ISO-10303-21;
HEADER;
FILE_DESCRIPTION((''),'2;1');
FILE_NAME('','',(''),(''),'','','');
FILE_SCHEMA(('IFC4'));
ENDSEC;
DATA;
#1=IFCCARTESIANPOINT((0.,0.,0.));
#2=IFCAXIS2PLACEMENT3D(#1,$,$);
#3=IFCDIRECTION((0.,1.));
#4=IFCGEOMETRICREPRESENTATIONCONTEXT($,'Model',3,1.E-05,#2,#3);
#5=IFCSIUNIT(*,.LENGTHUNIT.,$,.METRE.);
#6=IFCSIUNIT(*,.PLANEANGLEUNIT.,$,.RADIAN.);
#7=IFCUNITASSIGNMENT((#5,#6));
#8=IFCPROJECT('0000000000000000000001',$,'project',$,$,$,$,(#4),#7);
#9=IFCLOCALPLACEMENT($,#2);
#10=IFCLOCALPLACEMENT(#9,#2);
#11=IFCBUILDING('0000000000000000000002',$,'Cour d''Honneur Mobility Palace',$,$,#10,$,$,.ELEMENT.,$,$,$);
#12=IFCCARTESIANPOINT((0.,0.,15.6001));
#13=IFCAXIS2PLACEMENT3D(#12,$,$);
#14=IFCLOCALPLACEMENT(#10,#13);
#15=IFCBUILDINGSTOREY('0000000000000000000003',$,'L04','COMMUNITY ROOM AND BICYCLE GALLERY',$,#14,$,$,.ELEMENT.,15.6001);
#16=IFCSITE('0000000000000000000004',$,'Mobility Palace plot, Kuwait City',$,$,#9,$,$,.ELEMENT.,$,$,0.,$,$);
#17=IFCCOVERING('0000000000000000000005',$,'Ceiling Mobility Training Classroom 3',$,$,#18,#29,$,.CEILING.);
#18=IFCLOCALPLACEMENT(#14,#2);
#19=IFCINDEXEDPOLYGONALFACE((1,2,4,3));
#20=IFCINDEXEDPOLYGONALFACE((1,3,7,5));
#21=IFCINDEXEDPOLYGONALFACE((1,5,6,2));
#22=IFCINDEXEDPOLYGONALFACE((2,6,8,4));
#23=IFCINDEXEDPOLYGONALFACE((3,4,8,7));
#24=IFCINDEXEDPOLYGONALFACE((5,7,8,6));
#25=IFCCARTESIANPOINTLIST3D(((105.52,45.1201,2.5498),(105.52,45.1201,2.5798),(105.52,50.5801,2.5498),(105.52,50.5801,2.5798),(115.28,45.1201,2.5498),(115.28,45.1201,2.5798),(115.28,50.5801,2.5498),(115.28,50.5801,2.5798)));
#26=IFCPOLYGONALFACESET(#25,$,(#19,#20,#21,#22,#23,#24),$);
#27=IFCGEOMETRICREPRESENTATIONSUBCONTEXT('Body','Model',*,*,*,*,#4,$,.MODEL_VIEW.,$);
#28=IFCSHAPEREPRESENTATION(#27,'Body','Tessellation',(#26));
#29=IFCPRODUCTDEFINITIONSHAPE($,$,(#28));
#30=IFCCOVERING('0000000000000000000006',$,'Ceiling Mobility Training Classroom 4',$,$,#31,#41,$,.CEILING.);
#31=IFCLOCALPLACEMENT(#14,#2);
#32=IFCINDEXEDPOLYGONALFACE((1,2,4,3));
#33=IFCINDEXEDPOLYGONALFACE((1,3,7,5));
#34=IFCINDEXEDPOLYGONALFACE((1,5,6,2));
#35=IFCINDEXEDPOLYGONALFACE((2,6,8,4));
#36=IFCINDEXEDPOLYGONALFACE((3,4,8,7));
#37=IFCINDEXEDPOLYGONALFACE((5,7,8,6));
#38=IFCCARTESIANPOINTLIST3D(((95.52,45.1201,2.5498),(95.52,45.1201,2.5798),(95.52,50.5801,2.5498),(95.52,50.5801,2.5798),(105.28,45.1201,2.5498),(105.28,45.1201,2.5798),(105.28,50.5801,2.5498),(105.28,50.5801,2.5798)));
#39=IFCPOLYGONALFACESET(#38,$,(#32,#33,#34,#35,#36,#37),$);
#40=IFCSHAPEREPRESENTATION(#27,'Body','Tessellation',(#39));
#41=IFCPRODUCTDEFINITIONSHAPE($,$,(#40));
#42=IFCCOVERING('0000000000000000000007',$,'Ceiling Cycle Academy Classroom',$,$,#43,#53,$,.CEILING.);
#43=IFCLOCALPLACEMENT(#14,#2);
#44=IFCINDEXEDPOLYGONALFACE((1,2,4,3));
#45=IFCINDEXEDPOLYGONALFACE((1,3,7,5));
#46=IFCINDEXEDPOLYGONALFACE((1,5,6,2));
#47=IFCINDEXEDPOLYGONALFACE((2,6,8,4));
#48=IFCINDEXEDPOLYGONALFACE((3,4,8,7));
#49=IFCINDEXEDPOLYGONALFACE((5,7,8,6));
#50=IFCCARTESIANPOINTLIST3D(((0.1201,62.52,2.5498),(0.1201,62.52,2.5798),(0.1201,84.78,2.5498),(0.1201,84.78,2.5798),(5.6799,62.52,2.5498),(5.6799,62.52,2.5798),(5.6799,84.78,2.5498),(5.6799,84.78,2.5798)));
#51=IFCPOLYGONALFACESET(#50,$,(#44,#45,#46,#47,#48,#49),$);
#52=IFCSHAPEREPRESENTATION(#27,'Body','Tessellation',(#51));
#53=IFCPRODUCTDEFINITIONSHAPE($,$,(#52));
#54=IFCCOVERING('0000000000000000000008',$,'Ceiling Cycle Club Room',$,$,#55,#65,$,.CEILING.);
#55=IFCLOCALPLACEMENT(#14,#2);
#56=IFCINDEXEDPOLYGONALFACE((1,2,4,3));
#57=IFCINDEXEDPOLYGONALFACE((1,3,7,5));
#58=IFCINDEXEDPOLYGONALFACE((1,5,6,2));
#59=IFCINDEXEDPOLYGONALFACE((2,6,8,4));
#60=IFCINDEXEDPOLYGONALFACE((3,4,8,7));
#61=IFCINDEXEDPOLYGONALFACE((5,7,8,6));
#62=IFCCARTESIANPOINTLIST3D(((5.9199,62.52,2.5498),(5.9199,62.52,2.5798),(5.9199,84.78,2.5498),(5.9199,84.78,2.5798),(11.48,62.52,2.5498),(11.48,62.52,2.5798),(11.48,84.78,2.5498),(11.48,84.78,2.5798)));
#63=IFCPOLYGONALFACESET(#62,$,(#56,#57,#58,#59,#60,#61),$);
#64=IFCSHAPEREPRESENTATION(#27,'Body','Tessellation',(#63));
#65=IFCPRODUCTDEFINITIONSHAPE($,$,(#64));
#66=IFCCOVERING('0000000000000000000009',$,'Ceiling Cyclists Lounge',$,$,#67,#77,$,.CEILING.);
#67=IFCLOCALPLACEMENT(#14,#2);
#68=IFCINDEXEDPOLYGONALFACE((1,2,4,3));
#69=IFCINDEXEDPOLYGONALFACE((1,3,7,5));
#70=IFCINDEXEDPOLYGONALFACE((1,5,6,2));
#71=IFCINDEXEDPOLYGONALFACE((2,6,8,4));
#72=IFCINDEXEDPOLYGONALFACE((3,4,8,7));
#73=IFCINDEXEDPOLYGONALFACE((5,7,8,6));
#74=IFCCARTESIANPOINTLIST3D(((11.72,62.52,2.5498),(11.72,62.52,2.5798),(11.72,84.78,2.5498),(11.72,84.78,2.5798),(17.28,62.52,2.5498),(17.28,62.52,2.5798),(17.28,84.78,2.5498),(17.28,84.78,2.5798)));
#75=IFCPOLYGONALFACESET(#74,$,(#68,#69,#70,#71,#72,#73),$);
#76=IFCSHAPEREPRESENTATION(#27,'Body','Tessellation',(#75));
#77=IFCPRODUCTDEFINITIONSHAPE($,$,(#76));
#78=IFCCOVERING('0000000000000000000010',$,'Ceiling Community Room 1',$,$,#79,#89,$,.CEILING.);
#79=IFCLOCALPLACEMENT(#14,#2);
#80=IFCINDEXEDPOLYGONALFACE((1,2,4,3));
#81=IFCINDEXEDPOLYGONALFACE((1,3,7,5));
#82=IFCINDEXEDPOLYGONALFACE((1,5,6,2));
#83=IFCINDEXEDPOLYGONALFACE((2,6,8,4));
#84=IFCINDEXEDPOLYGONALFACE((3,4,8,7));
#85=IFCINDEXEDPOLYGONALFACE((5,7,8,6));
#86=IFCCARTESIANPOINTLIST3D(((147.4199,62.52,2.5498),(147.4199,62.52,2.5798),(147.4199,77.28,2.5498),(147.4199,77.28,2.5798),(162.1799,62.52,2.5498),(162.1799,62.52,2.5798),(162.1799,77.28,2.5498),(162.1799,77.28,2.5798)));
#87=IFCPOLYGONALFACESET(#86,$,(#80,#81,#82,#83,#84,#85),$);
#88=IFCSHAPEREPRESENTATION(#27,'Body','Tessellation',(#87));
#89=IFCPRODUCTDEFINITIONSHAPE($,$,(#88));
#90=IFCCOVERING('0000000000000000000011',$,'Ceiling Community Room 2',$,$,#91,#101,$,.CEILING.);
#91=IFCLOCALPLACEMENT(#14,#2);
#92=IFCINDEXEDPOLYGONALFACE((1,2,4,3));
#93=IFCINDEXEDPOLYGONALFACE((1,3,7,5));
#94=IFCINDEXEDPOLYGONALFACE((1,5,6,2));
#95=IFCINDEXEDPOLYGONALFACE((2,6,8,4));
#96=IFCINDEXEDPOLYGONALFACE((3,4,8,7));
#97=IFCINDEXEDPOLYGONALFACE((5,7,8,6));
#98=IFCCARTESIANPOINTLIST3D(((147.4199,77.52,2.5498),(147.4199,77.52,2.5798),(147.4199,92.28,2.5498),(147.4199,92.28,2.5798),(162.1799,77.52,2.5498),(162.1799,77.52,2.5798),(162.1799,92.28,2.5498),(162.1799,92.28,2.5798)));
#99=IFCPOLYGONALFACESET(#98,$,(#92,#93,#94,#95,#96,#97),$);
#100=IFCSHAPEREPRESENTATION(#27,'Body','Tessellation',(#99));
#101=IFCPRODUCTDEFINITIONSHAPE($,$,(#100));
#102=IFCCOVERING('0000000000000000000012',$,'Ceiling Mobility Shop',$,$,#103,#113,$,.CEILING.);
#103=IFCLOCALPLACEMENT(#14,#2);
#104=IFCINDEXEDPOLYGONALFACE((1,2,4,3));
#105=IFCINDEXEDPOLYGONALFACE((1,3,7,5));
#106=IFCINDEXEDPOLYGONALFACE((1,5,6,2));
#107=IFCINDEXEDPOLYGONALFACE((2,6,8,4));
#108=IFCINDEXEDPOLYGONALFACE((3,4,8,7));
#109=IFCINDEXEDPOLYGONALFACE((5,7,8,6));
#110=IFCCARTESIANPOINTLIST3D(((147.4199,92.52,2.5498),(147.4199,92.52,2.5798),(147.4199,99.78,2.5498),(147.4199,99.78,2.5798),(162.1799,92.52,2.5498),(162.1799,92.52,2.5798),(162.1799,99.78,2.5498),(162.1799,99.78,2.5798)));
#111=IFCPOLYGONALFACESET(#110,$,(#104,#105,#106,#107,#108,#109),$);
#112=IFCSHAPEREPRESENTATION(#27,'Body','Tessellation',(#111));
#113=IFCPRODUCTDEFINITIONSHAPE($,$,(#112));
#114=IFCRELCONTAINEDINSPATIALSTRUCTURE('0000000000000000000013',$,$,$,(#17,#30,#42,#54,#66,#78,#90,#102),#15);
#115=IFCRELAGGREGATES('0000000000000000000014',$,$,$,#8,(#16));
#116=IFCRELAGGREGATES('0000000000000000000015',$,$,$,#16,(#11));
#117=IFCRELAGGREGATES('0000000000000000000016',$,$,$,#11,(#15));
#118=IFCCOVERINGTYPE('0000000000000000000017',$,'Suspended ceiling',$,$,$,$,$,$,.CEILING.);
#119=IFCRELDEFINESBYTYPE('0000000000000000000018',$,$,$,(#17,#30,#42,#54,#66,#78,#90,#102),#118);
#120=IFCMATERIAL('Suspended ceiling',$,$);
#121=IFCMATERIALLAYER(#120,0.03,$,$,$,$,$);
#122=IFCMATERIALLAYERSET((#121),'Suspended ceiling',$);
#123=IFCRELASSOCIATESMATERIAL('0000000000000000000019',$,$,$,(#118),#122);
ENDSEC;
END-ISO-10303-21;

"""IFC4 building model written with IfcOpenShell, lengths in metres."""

from ifc_helpers import new_model, si_unit, direction, frame, origin, place, context, subcontext, project, spatial, polyline, outline, extrude, material, layer, layer_set, type_object, element, save


model = new_model("IFC4")

# Units and contexts
model_context = context("Model", 3, precision=1e-05, world=origin(), true_north=direction((0.0, 1.0)))
body_context = subcontext(model_context, "Body", "Model", "MODEL_VIEW")
ifc_project = project(units=[si_unit("LENGTHUNIT", "METRE"), si_unit("PLANEANGLEUNIT", "RADIAN")], contexts=[model_context])

# Site, building, storey
site_placement = place(None, origin())
site = spatial("IfcSite", under=ifc_project, at=site_placement, Name="Mobility Palace plot, Kuwait City", CompositionType="ELEMENT", RefElevation=0.0)
building_placement = place(site_placement, origin())
building = spatial("IfcBuilding", under=site, at=building_placement, Name="Cour d'Honneur Mobility Palace", CompositionType="ELEMENT")
storey_placement = place(building_placement, frame((0.0, 0.0, 15.6001)))
storey = spatial("IfcBuildingStorey", under=building, at=storey_placement, Name="L04", Description="COMMUNITY ROOM AND BICYCLE GALLERY", CompositionType="ELEMENT", Elevation=15.6001)

# Coverings
ifc_material_1 = material(Name="Suspended ceiling")
ifc_layer_1 = layer(ifc_material_1, 0.03)
ifc_layer_set_1 = layer_set([ifc_layer_1], Name="Suspended ceiling")
covering_type_1 = type_object("IfcCoveringType", Name="Suspended ceiling", PredefinedType="CEILING", material=ifc_layer_set_1)
covering_1_placement = place(storey_placement, frame((0.0, 0.0, 2.5498)))
element("IfcCovering", 1, at=covering_1_placement, inside=storey, type_object=covering_type_1, Name="Ceiling Mobility Training Classroom 3", PredefinedType="CEILING", context=body_context, shape_type="SweptSolid", body=[
    extrude(outline(polyline([(115.28, 45.1201), (105.52, 45.1201), (105.52, 50.5801), (115.28, 50.5801), (115.28, 45.1201)])), origin(), (0.0, 0.0, 1.0), 0.03),
])
covering_2_placement = place(storey_placement, frame((0.0, 0.0, 2.5498)))
element("IfcCovering", 2, at=covering_2_placement, inside=storey, type_object=covering_type_1, Name="Ceiling Mobility Training Classroom 4", PredefinedType="CEILING", context=body_context, shape_type="SweptSolid", body=[
    extrude(outline(polyline([(105.28, 45.1201), (95.52, 45.1201), (95.52, 50.5801), (105.28, 50.5801), (105.28, 45.1201)])), origin(), (0.0, 0.0, 1.0), 0.03),
])
covering_3_placement = place(storey_placement, frame((0.0, 0.0, 2.5498)))
element("IfcCovering", 3, at=covering_3_placement, inside=storey, type_object=covering_type_1, Name="Ceiling Cycle Academy Classroom", PredefinedType="CEILING", context=body_context, shape_type="SweptSolid", body=[
    extrude(outline(polyline([(5.6799, 62.52), (0.1201, 62.52), (0.1201, 84.78), (5.6799, 84.78), (5.6799, 62.52)])), origin(), (0.0, 0.0, 1.0), 0.03),
])
covering_4_placement = place(storey_placement, frame((0.0, 0.0, 2.5498)))
element("IfcCovering", 4, at=covering_4_placement, inside=storey, type_object=covering_type_1, Name="Ceiling Cycle Club Room", PredefinedType="CEILING", context=body_context, shape_type="SweptSolid", body=[
    extrude(outline(polyline([(11.48, 62.52), (5.9199, 62.52), (5.9199, 84.78), (11.48, 84.78), (11.48, 62.52)])), origin(), (0.0, 0.0, 1.0), 0.03),
])
covering_5_placement = place(storey_placement, frame((0.0, 0.0, 2.5498)))
element("IfcCovering", 5, at=covering_5_placement, inside=storey, type_object=covering_type_1, Name="Ceiling Cyclists Lounge", PredefinedType="CEILING", context=body_context, shape_type="SweptSolid", body=[
    extrude(outline(polyline([(17.28, 62.52), (11.72, 62.52), (11.72, 84.78), (17.28, 84.78), (17.28, 62.52)])), origin(), (0.0, 0.0, 1.0), 0.03),
])
covering_6_placement = place(storey_placement, frame((0.0, 0.0, 2.5498)))
element("IfcCovering", 6, at=covering_6_placement, inside=storey, type_object=covering_type_1, Name="Ceiling Community Room 1", PredefinedType="CEILING", context=body_context, shape_type="SweptSolid", body=[
    extrude(outline(polyline([(162.1799, 62.52), (147.4199, 62.52), (147.4199, 77.28), (162.1799, 77.28), (162.1799, 62.52)])), origin(), (0.0, 0.0, 1.0), 0.03),
])
covering_7_placement = place(storey_placement, frame((0.0, 0.0, 2.5498)))
element("IfcCovering", 7, at=covering_7_placement, inside=storey, type_object=covering_type_1, Name="Ceiling Community Room 2", PredefinedType="CEILING", context=body_context, shape_type="SweptSolid", body=[
    extrude(outline(polyline([(162.1799, 77.52), (147.4199, 77.52), (147.4199, 92.28), (162.1799, 92.28), (162.1799, 77.52)])), origin(), (0.0, 0.0, 1.0), 0.03),
])
covering_8_placement = place(storey_placement, frame((0.0, 0.0, 2.5498)))
element("IfcCovering", 8, at=covering_8_placement, inside=storey, type_object=covering_type_1, Name="Ceiling Mobility Shop", PredefinedType="CEILING", context=body_context, shape_type="SweptSolid", body=[
    extrude(outline(polyline([(162.1799, 92.52), (147.4199, 92.52), (147.4199, 99.78), (162.1799, 99.78), (162.1799, 92.52)])), origin(), (0.0, 0.0, 1.0), 0.03),
])

save(model, "model.ifc")
